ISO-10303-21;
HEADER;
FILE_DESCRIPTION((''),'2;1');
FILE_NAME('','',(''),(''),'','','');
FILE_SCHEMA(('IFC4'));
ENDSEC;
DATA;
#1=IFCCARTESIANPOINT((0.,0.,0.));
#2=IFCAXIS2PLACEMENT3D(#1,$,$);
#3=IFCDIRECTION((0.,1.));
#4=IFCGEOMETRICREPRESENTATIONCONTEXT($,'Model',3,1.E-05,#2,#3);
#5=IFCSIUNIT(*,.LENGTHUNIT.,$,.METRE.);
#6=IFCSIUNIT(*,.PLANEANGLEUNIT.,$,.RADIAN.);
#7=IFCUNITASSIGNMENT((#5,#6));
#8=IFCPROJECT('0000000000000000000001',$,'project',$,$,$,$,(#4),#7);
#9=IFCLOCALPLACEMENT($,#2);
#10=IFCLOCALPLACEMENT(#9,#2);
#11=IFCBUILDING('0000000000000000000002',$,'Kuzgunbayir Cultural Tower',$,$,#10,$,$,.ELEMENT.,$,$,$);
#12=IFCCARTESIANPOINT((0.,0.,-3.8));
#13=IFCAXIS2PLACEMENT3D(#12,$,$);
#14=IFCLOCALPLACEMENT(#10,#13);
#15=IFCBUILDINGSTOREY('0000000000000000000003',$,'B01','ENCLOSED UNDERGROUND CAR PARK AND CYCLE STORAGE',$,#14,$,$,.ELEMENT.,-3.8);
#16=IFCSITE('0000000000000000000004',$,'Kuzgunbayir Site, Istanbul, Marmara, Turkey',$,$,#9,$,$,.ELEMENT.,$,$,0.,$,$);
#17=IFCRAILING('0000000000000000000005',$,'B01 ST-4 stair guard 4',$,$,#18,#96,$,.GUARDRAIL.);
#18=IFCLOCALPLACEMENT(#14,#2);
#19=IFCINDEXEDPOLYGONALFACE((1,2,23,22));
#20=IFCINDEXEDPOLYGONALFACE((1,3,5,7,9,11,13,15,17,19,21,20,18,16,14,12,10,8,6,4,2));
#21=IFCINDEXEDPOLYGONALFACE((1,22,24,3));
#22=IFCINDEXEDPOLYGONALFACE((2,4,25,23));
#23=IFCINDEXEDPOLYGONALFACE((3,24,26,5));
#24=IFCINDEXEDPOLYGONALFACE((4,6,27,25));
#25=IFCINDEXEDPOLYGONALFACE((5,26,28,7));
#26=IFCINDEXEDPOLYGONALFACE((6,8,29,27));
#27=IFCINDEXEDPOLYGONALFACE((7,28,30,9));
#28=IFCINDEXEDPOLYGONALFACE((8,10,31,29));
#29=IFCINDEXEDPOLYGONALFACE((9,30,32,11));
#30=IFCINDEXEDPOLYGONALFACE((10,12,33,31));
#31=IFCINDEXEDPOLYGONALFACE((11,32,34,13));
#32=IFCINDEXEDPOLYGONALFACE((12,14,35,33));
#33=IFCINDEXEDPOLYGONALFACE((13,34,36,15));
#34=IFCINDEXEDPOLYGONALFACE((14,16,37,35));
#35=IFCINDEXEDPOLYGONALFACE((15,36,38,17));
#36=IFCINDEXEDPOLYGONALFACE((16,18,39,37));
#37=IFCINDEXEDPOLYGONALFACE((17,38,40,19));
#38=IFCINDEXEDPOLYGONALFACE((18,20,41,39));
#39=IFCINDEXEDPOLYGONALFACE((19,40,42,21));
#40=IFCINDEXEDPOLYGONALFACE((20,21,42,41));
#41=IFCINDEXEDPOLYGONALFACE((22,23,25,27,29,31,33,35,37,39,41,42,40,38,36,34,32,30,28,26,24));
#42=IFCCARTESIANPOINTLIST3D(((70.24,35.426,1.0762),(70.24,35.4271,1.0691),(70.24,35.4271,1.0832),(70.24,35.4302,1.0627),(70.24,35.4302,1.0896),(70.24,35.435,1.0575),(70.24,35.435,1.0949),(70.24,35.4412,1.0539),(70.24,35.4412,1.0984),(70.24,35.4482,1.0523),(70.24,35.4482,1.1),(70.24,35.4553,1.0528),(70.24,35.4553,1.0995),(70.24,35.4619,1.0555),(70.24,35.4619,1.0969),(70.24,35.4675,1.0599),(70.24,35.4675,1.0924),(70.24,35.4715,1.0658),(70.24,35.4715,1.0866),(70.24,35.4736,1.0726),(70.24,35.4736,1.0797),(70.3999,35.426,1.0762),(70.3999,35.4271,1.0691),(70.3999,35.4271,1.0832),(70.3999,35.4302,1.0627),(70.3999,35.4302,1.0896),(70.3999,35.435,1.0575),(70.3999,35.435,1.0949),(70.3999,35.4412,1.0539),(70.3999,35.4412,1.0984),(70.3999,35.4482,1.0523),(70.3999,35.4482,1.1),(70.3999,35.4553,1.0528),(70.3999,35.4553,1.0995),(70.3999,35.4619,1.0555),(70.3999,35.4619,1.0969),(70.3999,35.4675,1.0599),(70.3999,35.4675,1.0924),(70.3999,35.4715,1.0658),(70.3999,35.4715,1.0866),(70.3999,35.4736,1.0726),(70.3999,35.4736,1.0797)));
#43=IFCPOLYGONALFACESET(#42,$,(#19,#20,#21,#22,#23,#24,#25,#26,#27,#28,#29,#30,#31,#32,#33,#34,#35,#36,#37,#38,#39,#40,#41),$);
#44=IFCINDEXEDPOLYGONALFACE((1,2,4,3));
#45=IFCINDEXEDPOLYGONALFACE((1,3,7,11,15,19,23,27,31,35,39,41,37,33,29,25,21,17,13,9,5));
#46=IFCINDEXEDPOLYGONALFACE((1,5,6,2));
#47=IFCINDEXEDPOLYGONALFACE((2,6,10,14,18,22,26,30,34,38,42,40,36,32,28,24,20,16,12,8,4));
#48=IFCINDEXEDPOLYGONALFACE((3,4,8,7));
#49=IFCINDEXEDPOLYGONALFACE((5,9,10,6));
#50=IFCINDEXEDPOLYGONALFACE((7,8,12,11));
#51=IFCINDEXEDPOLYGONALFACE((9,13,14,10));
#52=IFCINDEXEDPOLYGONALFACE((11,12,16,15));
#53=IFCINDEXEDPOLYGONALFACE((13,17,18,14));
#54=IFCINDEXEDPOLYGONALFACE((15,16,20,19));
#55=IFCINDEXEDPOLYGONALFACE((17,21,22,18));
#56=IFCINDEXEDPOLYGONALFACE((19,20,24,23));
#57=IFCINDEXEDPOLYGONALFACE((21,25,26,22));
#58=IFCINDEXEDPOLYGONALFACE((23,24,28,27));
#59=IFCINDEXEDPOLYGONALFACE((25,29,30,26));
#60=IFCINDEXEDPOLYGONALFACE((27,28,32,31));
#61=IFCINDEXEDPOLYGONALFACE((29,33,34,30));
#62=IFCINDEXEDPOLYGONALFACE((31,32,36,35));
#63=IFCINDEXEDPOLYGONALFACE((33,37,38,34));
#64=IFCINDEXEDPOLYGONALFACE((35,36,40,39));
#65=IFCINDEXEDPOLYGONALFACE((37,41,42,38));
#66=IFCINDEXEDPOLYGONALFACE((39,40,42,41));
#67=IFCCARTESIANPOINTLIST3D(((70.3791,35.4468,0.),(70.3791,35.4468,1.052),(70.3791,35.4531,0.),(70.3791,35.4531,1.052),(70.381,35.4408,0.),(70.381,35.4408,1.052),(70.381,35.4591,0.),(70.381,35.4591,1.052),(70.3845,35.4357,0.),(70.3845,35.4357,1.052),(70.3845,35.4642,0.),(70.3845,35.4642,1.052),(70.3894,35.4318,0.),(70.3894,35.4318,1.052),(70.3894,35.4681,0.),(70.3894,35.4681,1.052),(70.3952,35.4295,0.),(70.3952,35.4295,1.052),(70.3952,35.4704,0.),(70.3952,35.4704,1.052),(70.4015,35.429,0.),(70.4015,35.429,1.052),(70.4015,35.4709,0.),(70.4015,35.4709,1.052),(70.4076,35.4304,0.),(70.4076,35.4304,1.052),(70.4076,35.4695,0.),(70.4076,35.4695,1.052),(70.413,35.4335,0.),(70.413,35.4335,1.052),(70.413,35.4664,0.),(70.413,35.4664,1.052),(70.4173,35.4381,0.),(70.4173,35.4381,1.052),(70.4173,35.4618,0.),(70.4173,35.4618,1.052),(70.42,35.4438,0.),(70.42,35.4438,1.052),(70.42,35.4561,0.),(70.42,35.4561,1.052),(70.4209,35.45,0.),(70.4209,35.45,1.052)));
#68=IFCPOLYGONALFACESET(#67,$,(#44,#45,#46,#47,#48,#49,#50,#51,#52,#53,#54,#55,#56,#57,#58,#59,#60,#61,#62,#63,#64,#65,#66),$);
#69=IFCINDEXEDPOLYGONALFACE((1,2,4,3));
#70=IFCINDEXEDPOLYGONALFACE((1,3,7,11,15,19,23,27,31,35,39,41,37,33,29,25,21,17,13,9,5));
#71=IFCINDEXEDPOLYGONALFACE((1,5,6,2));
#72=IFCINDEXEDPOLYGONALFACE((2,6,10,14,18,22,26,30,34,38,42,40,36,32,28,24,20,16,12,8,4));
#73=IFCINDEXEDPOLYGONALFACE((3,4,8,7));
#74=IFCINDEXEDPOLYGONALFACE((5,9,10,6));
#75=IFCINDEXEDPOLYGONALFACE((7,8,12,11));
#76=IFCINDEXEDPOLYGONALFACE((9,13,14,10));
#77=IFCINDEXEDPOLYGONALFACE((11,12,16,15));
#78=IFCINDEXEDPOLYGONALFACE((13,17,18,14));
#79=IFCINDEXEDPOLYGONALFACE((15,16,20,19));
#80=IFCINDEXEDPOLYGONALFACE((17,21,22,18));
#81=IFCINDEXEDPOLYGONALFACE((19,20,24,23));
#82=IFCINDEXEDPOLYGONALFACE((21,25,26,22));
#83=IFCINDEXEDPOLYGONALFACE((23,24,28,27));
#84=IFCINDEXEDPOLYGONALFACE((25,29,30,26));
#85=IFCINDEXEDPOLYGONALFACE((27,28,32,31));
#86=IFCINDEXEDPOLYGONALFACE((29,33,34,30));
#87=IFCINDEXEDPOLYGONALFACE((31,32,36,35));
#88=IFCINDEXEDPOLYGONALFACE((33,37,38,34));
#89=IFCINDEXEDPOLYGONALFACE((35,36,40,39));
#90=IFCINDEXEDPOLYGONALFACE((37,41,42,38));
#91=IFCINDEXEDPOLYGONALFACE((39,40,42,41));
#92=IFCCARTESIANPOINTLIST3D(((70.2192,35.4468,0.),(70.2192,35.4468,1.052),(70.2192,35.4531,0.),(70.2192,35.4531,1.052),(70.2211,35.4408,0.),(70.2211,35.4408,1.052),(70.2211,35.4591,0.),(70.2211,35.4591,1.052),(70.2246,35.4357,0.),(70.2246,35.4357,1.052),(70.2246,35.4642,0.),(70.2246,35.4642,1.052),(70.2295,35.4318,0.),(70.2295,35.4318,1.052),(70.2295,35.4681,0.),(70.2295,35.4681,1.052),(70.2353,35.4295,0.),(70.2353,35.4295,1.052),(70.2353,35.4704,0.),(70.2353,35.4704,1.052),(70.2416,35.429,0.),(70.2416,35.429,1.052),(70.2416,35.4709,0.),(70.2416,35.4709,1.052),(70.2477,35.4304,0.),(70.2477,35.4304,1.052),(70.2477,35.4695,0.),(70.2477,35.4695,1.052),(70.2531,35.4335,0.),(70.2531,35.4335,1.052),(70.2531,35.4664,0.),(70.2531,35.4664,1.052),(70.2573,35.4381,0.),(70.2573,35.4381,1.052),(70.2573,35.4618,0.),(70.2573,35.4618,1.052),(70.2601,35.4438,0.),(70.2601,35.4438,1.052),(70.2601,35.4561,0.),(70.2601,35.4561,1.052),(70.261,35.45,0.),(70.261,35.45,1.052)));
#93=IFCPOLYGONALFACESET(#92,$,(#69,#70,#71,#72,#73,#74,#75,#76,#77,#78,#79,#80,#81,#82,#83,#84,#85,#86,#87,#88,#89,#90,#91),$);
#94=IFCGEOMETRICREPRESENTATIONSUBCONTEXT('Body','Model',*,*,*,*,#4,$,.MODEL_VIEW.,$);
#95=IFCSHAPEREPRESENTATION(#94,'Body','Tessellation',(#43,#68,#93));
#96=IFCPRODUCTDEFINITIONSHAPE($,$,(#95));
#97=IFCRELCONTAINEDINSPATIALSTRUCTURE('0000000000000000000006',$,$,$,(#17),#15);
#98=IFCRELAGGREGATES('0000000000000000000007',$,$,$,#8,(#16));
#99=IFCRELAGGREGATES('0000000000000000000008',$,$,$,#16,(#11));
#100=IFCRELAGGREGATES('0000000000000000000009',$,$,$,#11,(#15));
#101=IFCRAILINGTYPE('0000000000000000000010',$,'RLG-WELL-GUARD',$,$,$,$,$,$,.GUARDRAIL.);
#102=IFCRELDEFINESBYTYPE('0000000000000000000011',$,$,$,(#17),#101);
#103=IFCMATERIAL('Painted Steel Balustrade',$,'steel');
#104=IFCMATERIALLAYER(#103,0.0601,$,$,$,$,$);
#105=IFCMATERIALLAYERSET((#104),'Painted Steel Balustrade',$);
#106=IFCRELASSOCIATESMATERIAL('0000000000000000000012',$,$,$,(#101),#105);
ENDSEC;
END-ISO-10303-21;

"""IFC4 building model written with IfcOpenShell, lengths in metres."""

from ifc_helpers import new_model, si_unit, direction, frame, origin, origin_2d, place, context, subcontext, project, spatial, circle, extrude, material, layer, layer_set, type_object, element, save


model = new_model("IFC4")

# Units and contexts
model_context = context("Model", 3, precision=1e-05, world=origin(), true_north=direction((0.0, 1.0)))
body_context = subcontext(model_context, "Body", "Model", "MODEL_VIEW")
ifc_project = project(units=[si_unit("LENGTHUNIT", "METRE"), si_unit("PLANEANGLEUNIT", "RADIAN")], contexts=[model_context])

# Site, building, storey
site_placement = place(None, origin())
site = spatial("IfcSite", under=ifc_project, at=site_placement, Name="Kuzgunbayir Site, Istanbul, Marmara, Turkey", CompositionType="ELEMENT", RefElevation=0.0)
building_placement = place(site_placement, origin())
building = spatial("IfcBuilding", under=site, at=building_placement, Name="Kuzgunbayir Cultural Tower", CompositionType="ELEMENT")
storey_placement = place(building_placement, frame((0.0, 0.0, -3.8)))
storey = spatial("IfcBuildingStorey", under=building, at=storey_placement, Name="B01", Description="ENCLOSED UNDERGROUND CAR PARK AND CYCLE STORAGE", CompositionType="ELEMENT", Elevation=-3.8)

# Railing
ifc_material_1 = material(Name="Painted Steel Balustrade", Category="steel")
ifc_layer_1 = layer(ifc_material_1, 0.0601)
ifc_layer_set_1 = layer_set([ifc_layer_1], Name="Painted Steel Balustrade")
railing_type = type_object("IfcRailingType", Name="RLG-WELL-GUARD", PredefinedType="GUARDRAIL", material=ifc_layer_set_1)
railing_1_placement = place(storey_placement, frame((70.3999, 35.45, 0.0)))
element("IfcRailing", 1, at=railing_1_placement, inside=storey, type_object=railing_type, Name="B01 ST-4 stair guard 4", PredefinedType="GUARDRAIL", context=body_context, shape_type="SweptSolid", body=[
    extrude(circle(Radius=0.0239, at=origin_2d()), frame((0.0, 0.0, 1.0762), z_axis=(-1.0, 0.0, 0.0), x_axis=(0.0, -1.0, 0.0)), (0.0, 0.0, 1.0), 0.1599),
    extrude(circle(Radius=0.021, at=origin_2d()), origin(), (0.0, 0.0, 1.0), 1.052),
    extrude(circle(Radius=0.021, at=origin_2d()), frame((-0.1599, 0.0, 0.0)), (0.0, 0.0, 1.0), 1.052),
])

save(model, "model.ifc")
